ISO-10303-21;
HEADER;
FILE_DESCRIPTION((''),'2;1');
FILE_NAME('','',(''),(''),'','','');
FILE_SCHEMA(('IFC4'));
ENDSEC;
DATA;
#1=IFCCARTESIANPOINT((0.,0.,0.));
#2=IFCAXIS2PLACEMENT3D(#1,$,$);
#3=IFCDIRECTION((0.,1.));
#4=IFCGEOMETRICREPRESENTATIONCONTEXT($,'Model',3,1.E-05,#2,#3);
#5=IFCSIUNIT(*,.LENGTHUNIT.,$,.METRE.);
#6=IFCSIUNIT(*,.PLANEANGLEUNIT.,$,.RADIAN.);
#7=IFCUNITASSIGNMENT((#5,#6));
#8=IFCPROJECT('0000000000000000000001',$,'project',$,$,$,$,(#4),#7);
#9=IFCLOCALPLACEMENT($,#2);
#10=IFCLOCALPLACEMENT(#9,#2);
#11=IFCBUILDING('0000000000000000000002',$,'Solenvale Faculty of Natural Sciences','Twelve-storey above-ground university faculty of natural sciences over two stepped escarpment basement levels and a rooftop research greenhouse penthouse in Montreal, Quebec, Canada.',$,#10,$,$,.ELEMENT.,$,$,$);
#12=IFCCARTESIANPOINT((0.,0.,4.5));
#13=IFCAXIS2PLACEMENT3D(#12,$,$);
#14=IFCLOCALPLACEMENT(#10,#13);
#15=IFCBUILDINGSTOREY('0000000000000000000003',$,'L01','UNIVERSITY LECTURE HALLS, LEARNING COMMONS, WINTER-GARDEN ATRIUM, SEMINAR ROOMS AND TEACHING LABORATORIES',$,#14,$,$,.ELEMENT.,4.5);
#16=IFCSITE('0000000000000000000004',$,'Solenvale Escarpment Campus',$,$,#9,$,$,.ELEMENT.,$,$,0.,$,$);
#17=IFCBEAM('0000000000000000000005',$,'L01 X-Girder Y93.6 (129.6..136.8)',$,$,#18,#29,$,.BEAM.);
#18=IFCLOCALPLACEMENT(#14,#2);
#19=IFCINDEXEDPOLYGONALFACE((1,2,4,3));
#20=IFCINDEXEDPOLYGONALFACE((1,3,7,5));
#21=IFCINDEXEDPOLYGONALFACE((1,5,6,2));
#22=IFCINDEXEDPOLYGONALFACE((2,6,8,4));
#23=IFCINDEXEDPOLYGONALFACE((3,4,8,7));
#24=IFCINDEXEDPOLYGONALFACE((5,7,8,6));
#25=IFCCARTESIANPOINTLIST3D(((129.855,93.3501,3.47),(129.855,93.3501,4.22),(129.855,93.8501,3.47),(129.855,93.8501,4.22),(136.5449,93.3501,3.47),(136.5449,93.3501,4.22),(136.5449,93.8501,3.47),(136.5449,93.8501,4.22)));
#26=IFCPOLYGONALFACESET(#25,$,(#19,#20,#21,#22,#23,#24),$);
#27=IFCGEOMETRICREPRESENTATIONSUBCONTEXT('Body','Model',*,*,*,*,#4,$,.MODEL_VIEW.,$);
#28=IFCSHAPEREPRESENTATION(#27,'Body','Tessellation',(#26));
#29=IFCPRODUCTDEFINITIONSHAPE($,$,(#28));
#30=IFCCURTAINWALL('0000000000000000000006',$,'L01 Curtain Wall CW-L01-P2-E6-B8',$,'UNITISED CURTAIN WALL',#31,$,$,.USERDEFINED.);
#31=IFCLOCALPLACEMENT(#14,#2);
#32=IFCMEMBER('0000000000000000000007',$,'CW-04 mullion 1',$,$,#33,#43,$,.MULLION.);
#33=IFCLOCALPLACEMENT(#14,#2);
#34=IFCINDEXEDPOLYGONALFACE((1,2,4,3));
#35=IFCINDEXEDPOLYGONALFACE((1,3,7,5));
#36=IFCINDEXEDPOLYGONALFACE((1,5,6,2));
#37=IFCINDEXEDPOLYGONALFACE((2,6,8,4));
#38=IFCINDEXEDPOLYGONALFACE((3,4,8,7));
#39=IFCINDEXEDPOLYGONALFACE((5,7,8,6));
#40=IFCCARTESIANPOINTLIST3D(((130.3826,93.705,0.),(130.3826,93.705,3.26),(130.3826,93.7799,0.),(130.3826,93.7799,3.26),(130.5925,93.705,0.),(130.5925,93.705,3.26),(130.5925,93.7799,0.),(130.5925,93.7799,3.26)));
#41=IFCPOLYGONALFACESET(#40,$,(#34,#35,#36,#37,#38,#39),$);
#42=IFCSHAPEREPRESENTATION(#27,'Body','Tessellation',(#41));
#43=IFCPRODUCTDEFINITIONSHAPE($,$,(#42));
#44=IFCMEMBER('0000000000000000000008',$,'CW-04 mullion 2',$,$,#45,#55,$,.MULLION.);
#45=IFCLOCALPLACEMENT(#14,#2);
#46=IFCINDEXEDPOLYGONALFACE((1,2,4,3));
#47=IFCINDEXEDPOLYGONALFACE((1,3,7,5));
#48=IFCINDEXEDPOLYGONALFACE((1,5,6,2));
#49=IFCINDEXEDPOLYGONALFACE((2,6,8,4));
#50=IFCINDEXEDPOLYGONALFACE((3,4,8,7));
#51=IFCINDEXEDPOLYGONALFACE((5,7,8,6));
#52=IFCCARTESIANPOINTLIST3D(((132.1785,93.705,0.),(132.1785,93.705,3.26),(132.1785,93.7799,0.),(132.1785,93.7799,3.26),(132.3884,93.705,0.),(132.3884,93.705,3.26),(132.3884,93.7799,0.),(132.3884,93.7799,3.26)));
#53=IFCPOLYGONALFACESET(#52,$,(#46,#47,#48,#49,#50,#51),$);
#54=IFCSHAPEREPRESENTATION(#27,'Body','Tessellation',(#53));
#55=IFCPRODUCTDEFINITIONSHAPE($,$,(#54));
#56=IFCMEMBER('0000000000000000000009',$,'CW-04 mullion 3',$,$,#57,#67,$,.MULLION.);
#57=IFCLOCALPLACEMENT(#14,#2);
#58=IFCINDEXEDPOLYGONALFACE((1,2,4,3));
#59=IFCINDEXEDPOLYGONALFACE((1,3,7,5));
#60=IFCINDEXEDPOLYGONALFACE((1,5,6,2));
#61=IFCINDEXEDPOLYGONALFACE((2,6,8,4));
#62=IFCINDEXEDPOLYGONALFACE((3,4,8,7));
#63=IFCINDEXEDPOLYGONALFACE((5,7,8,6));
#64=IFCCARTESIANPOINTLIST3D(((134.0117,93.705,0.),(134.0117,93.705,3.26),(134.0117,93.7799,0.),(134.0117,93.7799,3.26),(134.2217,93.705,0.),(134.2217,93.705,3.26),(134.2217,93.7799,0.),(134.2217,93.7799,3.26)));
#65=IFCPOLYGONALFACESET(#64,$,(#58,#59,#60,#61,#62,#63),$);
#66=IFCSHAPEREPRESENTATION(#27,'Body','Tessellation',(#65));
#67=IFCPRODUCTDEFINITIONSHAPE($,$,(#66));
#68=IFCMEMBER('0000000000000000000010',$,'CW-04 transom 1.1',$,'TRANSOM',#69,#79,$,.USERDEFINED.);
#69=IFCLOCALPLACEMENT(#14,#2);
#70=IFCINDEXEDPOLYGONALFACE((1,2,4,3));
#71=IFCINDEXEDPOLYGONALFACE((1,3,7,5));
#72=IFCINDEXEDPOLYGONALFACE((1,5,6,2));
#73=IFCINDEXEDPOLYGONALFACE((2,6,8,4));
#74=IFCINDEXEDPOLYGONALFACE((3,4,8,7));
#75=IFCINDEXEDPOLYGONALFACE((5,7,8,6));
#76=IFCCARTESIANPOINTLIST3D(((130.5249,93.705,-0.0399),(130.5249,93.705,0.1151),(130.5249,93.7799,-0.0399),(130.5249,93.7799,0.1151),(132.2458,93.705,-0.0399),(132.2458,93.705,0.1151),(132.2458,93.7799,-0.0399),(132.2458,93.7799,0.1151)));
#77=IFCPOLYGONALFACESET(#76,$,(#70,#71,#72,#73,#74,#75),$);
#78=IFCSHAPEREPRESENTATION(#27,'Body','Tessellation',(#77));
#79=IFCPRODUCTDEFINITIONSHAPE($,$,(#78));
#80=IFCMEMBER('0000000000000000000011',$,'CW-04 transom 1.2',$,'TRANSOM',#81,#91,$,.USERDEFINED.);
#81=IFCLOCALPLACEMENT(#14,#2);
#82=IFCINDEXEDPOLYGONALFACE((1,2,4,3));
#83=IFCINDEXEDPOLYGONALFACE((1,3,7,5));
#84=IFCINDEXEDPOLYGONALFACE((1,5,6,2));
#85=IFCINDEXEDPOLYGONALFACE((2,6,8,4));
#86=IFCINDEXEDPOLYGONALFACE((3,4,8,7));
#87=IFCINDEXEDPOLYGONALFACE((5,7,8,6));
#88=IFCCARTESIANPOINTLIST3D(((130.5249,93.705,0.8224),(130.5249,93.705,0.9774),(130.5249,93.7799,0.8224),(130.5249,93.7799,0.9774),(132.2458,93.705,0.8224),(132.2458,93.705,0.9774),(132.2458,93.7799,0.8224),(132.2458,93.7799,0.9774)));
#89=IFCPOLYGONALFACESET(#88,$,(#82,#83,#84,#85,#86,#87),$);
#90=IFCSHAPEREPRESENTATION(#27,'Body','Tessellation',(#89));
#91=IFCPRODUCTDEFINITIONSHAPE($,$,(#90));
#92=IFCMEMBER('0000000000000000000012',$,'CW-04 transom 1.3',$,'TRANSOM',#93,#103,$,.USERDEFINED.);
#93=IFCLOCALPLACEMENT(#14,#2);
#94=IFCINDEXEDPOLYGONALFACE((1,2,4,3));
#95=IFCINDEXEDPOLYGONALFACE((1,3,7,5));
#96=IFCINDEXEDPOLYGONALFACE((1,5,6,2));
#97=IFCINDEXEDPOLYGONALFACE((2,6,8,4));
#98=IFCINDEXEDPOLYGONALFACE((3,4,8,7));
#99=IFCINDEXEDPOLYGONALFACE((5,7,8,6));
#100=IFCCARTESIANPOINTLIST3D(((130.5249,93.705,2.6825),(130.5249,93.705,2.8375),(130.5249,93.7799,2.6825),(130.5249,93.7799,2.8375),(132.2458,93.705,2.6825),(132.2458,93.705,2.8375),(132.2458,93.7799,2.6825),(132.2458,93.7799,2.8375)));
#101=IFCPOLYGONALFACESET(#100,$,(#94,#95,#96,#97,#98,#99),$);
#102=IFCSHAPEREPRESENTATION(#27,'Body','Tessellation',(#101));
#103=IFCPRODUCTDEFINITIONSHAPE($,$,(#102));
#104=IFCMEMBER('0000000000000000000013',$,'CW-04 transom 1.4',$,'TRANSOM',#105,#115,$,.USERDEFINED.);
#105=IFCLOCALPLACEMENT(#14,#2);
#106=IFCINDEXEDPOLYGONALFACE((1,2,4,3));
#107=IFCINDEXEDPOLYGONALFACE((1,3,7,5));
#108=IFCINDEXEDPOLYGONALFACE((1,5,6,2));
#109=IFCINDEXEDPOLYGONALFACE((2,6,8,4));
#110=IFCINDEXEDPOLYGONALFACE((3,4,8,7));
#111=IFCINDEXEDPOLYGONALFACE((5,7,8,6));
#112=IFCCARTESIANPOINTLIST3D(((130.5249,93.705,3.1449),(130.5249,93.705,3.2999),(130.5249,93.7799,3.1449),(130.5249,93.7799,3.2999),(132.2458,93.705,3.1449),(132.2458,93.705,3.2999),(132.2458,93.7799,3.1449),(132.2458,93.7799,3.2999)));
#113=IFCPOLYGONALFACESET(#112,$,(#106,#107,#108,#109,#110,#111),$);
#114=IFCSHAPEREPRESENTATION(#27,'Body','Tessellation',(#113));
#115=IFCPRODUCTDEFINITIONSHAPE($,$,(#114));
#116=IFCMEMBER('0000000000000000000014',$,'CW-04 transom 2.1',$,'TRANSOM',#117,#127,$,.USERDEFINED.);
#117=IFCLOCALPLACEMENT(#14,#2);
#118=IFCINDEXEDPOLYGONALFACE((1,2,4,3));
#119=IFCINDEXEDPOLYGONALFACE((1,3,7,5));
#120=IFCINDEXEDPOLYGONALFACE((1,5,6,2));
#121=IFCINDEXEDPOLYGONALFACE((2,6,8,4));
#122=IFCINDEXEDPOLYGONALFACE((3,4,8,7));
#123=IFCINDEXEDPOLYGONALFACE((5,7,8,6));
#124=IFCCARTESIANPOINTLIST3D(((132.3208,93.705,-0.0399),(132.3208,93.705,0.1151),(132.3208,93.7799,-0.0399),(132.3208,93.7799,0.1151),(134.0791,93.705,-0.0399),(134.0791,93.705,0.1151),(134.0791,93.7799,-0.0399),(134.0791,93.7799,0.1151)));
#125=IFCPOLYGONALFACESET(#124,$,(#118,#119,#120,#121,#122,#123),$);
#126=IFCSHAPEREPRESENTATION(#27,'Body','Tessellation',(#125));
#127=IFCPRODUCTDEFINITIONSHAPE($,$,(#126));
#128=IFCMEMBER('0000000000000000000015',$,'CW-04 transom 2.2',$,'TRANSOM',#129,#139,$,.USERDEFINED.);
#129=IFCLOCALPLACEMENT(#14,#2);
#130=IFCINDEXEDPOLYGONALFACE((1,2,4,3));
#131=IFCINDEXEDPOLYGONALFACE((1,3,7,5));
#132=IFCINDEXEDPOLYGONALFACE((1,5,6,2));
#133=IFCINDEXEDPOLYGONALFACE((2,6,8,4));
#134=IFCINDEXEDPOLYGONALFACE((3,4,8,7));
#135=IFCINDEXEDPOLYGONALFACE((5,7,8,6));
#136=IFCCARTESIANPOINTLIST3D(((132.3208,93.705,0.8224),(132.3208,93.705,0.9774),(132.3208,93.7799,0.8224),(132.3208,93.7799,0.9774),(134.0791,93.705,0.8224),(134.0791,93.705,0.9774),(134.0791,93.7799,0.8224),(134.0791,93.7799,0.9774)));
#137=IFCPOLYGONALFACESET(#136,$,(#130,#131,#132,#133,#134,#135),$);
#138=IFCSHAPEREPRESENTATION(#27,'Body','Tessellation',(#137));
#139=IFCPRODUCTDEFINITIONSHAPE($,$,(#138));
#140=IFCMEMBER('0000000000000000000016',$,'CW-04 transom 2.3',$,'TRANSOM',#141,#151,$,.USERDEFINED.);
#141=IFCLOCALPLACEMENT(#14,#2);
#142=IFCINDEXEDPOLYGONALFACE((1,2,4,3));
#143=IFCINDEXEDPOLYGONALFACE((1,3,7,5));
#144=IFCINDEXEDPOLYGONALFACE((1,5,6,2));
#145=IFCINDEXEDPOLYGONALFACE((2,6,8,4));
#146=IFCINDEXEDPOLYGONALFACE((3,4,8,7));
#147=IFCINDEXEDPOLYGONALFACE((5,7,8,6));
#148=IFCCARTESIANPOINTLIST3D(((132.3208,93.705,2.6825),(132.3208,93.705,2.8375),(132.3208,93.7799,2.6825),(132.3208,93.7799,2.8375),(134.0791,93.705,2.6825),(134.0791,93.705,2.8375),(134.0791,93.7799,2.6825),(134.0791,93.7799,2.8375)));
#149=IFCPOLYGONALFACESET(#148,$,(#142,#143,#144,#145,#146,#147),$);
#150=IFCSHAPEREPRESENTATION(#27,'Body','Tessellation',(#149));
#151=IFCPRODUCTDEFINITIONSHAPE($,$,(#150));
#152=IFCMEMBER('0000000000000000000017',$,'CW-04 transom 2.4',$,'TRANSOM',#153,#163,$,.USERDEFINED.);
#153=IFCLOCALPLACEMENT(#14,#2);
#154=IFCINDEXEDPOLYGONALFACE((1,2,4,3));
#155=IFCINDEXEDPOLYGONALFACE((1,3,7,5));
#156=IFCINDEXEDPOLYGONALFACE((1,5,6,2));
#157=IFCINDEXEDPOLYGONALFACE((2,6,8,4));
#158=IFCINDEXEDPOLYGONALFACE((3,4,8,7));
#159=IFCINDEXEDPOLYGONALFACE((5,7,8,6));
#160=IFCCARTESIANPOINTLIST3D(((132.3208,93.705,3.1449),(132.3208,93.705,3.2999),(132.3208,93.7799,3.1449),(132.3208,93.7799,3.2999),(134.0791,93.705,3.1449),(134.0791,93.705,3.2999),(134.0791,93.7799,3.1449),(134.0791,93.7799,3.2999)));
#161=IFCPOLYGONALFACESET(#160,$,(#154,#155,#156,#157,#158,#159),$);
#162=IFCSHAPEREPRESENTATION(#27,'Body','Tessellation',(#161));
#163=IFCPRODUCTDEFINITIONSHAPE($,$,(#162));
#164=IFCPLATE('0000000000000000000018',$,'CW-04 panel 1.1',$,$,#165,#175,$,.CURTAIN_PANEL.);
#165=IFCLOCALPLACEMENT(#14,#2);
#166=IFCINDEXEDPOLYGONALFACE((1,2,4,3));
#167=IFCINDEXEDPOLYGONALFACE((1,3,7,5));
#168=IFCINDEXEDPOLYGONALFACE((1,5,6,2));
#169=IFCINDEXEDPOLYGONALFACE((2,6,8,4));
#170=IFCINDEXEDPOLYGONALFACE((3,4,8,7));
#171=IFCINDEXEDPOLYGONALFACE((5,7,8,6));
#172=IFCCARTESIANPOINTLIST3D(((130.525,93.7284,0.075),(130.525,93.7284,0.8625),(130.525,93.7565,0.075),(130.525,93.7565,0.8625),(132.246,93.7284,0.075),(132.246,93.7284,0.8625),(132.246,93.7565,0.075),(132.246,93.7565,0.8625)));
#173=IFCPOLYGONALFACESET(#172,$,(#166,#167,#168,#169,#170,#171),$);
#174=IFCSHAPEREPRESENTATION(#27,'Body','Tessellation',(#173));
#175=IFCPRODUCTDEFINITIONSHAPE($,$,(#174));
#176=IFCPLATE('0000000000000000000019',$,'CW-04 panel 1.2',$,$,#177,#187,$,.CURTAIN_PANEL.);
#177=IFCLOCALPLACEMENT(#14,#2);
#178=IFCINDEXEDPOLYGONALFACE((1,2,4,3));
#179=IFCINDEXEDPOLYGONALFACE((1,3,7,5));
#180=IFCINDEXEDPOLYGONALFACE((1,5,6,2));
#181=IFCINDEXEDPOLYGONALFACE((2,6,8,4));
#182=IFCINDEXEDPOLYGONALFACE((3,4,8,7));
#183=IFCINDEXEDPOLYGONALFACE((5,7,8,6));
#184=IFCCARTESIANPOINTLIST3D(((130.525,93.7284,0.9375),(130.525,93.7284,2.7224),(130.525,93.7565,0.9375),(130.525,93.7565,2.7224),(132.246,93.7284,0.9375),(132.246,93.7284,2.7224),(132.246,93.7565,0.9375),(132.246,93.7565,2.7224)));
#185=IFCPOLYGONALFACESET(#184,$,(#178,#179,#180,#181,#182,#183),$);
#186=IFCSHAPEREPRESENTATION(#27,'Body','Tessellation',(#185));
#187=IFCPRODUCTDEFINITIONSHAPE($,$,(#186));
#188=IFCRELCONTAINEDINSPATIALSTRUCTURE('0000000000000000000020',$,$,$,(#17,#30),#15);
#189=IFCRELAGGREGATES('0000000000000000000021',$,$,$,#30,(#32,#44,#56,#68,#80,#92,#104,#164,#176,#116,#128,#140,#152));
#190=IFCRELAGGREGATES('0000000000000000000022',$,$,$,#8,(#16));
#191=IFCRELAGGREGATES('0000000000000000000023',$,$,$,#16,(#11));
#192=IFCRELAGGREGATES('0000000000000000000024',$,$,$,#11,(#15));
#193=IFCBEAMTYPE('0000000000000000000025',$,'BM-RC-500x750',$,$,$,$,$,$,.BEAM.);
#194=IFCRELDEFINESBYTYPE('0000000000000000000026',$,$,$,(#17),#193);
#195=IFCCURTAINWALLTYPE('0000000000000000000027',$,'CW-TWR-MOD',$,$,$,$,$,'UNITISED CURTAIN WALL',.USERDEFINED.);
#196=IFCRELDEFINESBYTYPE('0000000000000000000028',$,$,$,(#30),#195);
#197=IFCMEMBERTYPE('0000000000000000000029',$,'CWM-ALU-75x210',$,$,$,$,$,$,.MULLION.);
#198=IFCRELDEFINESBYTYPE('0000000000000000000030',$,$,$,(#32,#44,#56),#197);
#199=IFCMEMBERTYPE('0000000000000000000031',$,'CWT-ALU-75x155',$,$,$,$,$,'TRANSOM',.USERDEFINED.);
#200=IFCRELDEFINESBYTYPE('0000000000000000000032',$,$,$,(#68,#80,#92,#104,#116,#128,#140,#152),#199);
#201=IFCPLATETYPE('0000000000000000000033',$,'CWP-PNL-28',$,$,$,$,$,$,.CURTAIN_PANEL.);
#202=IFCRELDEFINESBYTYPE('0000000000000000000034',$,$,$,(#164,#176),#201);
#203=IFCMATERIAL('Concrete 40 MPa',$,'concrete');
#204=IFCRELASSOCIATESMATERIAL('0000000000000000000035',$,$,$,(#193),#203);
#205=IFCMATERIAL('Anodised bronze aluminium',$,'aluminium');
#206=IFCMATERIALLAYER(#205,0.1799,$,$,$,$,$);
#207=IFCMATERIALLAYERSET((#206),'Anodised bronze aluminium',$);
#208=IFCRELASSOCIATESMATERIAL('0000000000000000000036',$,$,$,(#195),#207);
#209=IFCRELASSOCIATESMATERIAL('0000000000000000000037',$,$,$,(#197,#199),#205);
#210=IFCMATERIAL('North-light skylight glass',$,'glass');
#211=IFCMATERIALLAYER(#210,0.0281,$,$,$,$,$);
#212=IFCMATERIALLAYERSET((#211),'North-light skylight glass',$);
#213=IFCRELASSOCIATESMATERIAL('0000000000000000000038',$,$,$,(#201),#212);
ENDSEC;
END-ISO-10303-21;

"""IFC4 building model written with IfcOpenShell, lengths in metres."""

from ifc_helpers import new_model, si_unit, direction, frame, origin, origin_2d, place, context, subcontext, project, spatial, rectangle, extrude, material, layer, layer_set, material_profile, profile_set, type_object, element, aggregate, save


model = new_model("IFC4")

# Units and contexts
model_context = context("Model", 3, precision=1e-05, world=origin(), true_north=direction((0.0, 1.0)))
body_context = subcontext(model_context, "Body", "Model", "MODEL_VIEW")
ifc_project = project(units=[si_unit("LENGTHUNIT", "METRE"), si_unit("PLANEANGLEUNIT", "RADIAN")], contexts=[model_context])

# Site, building, storey
site_placement = place(None, origin())
site = spatial("IfcSite", under=ifc_project, at=site_placement, Name="Solenvale Escarpment Campus", CompositionType="ELEMENT", RefElevation=0.0)
building_placement = place(site_placement, origin())
building = spatial("IfcBuilding", under=site, at=building_placement, Name="Solenvale Faculty of Natural Sciences", Description="Twelve-storey above-ground university faculty of natural sciences over two stepped escarpment basement levels and a rooftop research greenhouse penthouse in Montreal, Quebec, Canada.", CompositionType="ELEMENT")
storey_placement = place(building_placement, frame((0.0, 0.0, 4.5)))
storey = spatial("IfcBuildingStorey", under=building, at=storey_placement, Name="L01", Description="UNIVERSITY LECTURE HALLS, LEARNING COMMONS, WINTER-GARDEN ATRIUM, SEMINAR ROOMS AND TEACHING LABORATORIES", CompositionType="ELEMENT", Elevation=4.5)

# Beam
ifc_material_1 = material(Name="Concrete 40 MPa", Category="concrete")
ifc_material_profile_1 = material_profile(ifc_material_1, rectangle(XDim=0.5, YDim=0.75, at=origin_2d()), Name="RC-BM-500x750")
ifc_profile_set_1 = profile_set([ifc_material_profile_1], Name="Concrete 40 MPa")
beam_type = type_object("IfcBeamType", Name="BM-RC-500x750", PredefinedType="BEAM", material=ifc_profile_set_1)
beam_placement = place(storey_placement, frame((129.855, 93.6001, 3.845), z_axis=(1.0, 0.0, 0.0), x_axis=(0.0, 1.0, 0.0)))
element("IfcBeam", 1, at=beam_placement, inside=storey, type_object=beam_type, Name="L01 X-Girder Y93.6 (129.6..136.8)", PredefinedType="BEAM", context=body_context, shape_type="SweptSolid", body=[
    extrude(rectangle(XDim=0.5, YDim=0.75, at=origin_2d()), origin(), (0.0, 0.0, 1.0), 6.6899),
])

# Curtain wall, members, plates
ifc_material_2 = material(Name="Anodised bronze aluminium", Category="aluminium")
ifc_layer_1 = layer(ifc_material_2, 0.1799)
ifc_layer_set_1 = layer_set([ifc_layer_1], Name="Anodised bronze aluminium")
curtain_wall_type = type_object("IfcCurtainWallType", Name="CW-TWR-MOD", ElementType="UNITISED CURTAIN WALL", PredefinedType="USERDEFINED", material=ifc_layer_set_1)
curtain_wall_placement = place(storey_placement, origin())
curtain_wall = element("IfcCurtainWall", 2, at=curtain_wall_placement, inside=storey, type_object=curtain_wall_type, Name="L01 Curtain Wall CW-L01-P2-E6-B8", ObjectType="UNITISED CURTAIN WALL", PredefinedType="USERDEFINED")
ifc_material_profile_2 = material_profile(ifc_material_2, rectangle(XDim=0.075, YDim=0.21, at=origin_2d()), Name="ALU-MUL-75x210")
ifc_profile_set_2 = profile_set([ifc_material_profile_2], Name="Anodised bronze aluminium")
member_type_1 = type_object("IfcMemberType", Name="CWM-ALU-75x210", PredefinedType="MULLION", material=ifc_profile_set_2)
member_1_placement = place(storey_placement, frame((130.4875, 93.7424, 0.0), z_axis=(0.0, 0.0, 1.0), x_axis=(0.0, 1.0, 0.0)))
member_1 = element("IfcMember", 3, at=member_1_placement, type_object=member_type_1, Name="CW-04 mullion 1", PredefinedType="MULLION", context=body_context, shape_type="SweptSolid", body=[
    extrude(rectangle(XDim=0.075, YDim=0.21, at=origin_2d()), origin(), (0.0, 0.0, 1.0), 3.26),
])
member_2_placement = place(storey_placement, frame((132.2834, 93.7424, 0.0), z_axis=(0.0, 0.0, 1.0), x_axis=(0.0, 1.0, 0.0)))
member_2 = element("IfcMember", 4, at=member_2_placement, type_object=member_type_1, Name="CW-04 mullion 2", PredefinedType="MULLION", context=body_context, shape_type="SweptSolid", body=[
    extrude(rectangle(XDim=0.075, YDim=0.21, at=origin_2d()), origin(), (0.0, 0.0, 1.0), 3.26),
])
member_3_placement = place(storey_placement, frame((134.1167, 93.7424, 0.0), z_axis=(0.0, 0.0, 1.0), x_axis=(0.0, 1.0, 0.0)))
member_3 = element("IfcMember", 5, at=member_3_placement, type_object=member_type_1, Name="CW-04 mullion 3", PredefinedType="MULLION", context=body_context, shape_type="SweptSolid", body=[
    extrude(rectangle(XDim=0.075, YDim=0.21, at=origin_2d()), origin(), (0.0, 0.0, 1.0), 3.26),
])
ifc_material_profile_3 = material_profile(ifc_material_2, rectangle(XDim=0.075, YDim=0.155, at=origin_2d()), Name="ALU-TRN-75x155")
ifc_profile_set_3 = profile_set([ifc_material_profile_3], Name="Anodised bronze aluminium")
member_type_2 = type_object("IfcMemberType", Name="CWT-ALU-75x155", ElementType="TRANSOM", PredefinedType="USERDEFINED", material=ifc_profile_set_3)
member_4_placement = place(storey_placement, frame((130.5249, 93.7424, 0.0376), z_axis=(1.0, 0.0, 0.0), x_axis=(0.0, 1.0, 0.0)))
member_4 = element("IfcMember", 6, at=member_4_placement, type_object=member_type_2, Name="CW-04 transom 1.1", ObjectType="TRANSOM", PredefinedType="USERDEFINED", context=body_context, shape_type="SweptSolid", body=[
    extrude(rectangle(XDim=0.075, YDim=0.155, at=origin_2d()), origin(), (0.0, 0.0, 1.0), 1.7209),
])
member_5_placement = place(storey_placement, frame((130.5249, 93.7424, 0.8999), z_axis=(1.0, 0.0, 0.0), x_axis=(0.0, 1.0, 0.0)))
member_5 = element("IfcMember", 7, at=member_5_placement, type_object=member_type_2, Name="CW-04 transom 1.2", ObjectType="TRANSOM", PredefinedType="USERDEFINED", context=body_context, shape_type="SweptSolid", body=[
    extrude(rectangle(XDim=0.075, YDim=0.155, at=origin_2d()), origin(), (0.0, 0.0, 1.0), 1.7209),
])
member_6_placement = place(storey_placement, frame((130.5249, 93.7424, 2.76), z_axis=(1.0, 0.0, 0.0), x_axis=(0.0, 1.0, 0.0)))
member_6 = element("IfcMember", 8, at=member_6_placement, type_object=member_type_2, Name="CW-04 transom 1.3", ObjectType="TRANSOM", PredefinedType="USERDEFINED", context=body_context, shape_type="SweptSolid", body=[
    extrude(rectangle(XDim=0.075, YDim=0.155, at=origin_2d()), origin(), (0.0, 0.0, 1.0), 1.7209),
])
member_7_placement = place(storey_placement, frame((130.5249, 93.7424, 3.2224), z_axis=(1.0, 0.0, 0.0), x_axis=(0.0, 1.0, 0.0)))
member_7 = element("IfcMember", 9, at=member_7_placement, type_object=member_type_2, Name="CW-04 transom 1.4", ObjectType="TRANSOM", PredefinedType="USERDEFINED", context=body_context, shape_type="SweptSolid", body=[
    extrude(rectangle(XDim=0.075, YDim=0.155, at=origin_2d()), origin(), (0.0, 0.0, 1.0), 1.7209),
])
member_8_placement = place(storey_placement, frame((132.3208, 93.7424, 0.0376), z_axis=(1.0, 0.0, 0.0), x_axis=(0.0, 1.0, 0.0)))
member_8 = element("IfcMember", 10, at=member_8_placement, type_object=member_type_2, Name="CW-04 transom 2.1", ObjectType="TRANSOM", PredefinedType="USERDEFINED", context=body_context, shape_type="SweptSolid", body=[
    extrude(rectangle(XDim=0.075, YDim=0.155, at=origin_2d()), origin(), (0.0, 0.0, 1.0), 1.7583),
])
member_9_placement = place(storey_placement, frame((132.3208, 93.7424, 0.8999), z_axis=(1.0, 0.0, 0.0), x_axis=(0.0, 1.0, 0.0)))
member_9 = element("IfcMember", 11, at=member_9_placement, type_object=member_type_2, Name="CW-04 transom 2.2", ObjectType="TRANSOM", PredefinedType="USERDEFINED", context=body_context, shape_type="SweptSolid", body=[
    extrude(rectangle(XDim=0.075, YDim=0.155, at=origin_2d()), origin(), (0.0, 0.0, 1.0), 1.7583),
])
member_10_placement = place(storey_placement, frame((132.3208, 93.7424, 2.76), z_axis=(1.0, 0.0, 0.0), x_axis=(0.0, 1.0, 0.0)))
member_10 = element("IfcMember", 12, at=member_10_placement, type_object=member_type_2, Name="CW-04 transom 2.3", ObjectType="TRANSOM", PredefinedType="USERDEFINED", context=body_context, shape_type="SweptSolid", body=[
    extrude(rectangle(XDim=0.075, YDim=0.155, at=origin_2d()), origin(), (0.0, 0.0, 1.0), 1.7583),
])
member_11_placement = place(storey_placement, frame((132.3208, 93.7424, 3.2224), z_axis=(1.0, 0.0, 0.0), x_axis=(0.0, 1.0, 0.0)))
member_11 = element("IfcMember", 13, at=member_11_placement, type_object=member_type_2, Name="CW-04 transom 2.4", ObjectType="TRANSOM", PredefinedType="USERDEFINED", context=body_context, shape_type="SweptSolid", body=[
    extrude(rectangle(XDim=0.075, YDim=0.155, at=origin_2d()), origin(), (0.0, 0.0, 1.0), 1.7583),
])
ifc_material_3 = material(Name="North-light skylight glass", Category="glass")
ifc_layer_2 = layer(ifc_material_3, 0.0281)
ifc_layer_set_2 = layer_set([ifc_layer_2], Name="North-light skylight glass")
plate_type = type_object("IfcPlateType", Name="CWP-PNL-28", PredefinedType="CURTAIN_PANEL", material=ifc_layer_set_2)
plate_1_placement = place(storey_placement, frame((131.3855, 93.7424, 0.075), z_axis=(0.0, 0.0, 1.0), x_axis=(1.0, 0.0, 0.0)))
plate_1 = element("IfcPlate", 14, at=plate_1_placement, type_object=plate_type, Name="CW-04 panel 1.1", PredefinedType="CURTAIN_PANEL", context=body_context, shape_type="SweptSolid", body=[
    extrude(rectangle(XDim=1.7209, YDim=0.0281, at=origin_2d()), origin(), (0.0, 0.0, 1.0), 0.7876),
])
plate_2_placement = place(storey_placement, frame((131.3855, 93.7424, 0.9375), z_axis=(0.0, 0.0, 1.0), x_axis=(1.0, 0.0, 0.0)))
plate_2 = element("IfcPlate", 15, at=plate_2_placement, type_object=plate_type, Name="CW-04 panel 1.2", PredefinedType="CURTAIN_PANEL", context=body_context, shape_type="SweptSolid", body=[
    extrude(rectangle(XDim=1.7209, YDim=0.0281, at=origin_2d()), origin(), (0.0, 0.0, 1.0), 1.7849),
])
aggregate(curtain_wall, [member_1, member_2, member_3, member_4, member_5, member_6, member_7, plate_1, plate_2, member_8, member_9, member_10, member_11])

save(model, "model.ifc")
